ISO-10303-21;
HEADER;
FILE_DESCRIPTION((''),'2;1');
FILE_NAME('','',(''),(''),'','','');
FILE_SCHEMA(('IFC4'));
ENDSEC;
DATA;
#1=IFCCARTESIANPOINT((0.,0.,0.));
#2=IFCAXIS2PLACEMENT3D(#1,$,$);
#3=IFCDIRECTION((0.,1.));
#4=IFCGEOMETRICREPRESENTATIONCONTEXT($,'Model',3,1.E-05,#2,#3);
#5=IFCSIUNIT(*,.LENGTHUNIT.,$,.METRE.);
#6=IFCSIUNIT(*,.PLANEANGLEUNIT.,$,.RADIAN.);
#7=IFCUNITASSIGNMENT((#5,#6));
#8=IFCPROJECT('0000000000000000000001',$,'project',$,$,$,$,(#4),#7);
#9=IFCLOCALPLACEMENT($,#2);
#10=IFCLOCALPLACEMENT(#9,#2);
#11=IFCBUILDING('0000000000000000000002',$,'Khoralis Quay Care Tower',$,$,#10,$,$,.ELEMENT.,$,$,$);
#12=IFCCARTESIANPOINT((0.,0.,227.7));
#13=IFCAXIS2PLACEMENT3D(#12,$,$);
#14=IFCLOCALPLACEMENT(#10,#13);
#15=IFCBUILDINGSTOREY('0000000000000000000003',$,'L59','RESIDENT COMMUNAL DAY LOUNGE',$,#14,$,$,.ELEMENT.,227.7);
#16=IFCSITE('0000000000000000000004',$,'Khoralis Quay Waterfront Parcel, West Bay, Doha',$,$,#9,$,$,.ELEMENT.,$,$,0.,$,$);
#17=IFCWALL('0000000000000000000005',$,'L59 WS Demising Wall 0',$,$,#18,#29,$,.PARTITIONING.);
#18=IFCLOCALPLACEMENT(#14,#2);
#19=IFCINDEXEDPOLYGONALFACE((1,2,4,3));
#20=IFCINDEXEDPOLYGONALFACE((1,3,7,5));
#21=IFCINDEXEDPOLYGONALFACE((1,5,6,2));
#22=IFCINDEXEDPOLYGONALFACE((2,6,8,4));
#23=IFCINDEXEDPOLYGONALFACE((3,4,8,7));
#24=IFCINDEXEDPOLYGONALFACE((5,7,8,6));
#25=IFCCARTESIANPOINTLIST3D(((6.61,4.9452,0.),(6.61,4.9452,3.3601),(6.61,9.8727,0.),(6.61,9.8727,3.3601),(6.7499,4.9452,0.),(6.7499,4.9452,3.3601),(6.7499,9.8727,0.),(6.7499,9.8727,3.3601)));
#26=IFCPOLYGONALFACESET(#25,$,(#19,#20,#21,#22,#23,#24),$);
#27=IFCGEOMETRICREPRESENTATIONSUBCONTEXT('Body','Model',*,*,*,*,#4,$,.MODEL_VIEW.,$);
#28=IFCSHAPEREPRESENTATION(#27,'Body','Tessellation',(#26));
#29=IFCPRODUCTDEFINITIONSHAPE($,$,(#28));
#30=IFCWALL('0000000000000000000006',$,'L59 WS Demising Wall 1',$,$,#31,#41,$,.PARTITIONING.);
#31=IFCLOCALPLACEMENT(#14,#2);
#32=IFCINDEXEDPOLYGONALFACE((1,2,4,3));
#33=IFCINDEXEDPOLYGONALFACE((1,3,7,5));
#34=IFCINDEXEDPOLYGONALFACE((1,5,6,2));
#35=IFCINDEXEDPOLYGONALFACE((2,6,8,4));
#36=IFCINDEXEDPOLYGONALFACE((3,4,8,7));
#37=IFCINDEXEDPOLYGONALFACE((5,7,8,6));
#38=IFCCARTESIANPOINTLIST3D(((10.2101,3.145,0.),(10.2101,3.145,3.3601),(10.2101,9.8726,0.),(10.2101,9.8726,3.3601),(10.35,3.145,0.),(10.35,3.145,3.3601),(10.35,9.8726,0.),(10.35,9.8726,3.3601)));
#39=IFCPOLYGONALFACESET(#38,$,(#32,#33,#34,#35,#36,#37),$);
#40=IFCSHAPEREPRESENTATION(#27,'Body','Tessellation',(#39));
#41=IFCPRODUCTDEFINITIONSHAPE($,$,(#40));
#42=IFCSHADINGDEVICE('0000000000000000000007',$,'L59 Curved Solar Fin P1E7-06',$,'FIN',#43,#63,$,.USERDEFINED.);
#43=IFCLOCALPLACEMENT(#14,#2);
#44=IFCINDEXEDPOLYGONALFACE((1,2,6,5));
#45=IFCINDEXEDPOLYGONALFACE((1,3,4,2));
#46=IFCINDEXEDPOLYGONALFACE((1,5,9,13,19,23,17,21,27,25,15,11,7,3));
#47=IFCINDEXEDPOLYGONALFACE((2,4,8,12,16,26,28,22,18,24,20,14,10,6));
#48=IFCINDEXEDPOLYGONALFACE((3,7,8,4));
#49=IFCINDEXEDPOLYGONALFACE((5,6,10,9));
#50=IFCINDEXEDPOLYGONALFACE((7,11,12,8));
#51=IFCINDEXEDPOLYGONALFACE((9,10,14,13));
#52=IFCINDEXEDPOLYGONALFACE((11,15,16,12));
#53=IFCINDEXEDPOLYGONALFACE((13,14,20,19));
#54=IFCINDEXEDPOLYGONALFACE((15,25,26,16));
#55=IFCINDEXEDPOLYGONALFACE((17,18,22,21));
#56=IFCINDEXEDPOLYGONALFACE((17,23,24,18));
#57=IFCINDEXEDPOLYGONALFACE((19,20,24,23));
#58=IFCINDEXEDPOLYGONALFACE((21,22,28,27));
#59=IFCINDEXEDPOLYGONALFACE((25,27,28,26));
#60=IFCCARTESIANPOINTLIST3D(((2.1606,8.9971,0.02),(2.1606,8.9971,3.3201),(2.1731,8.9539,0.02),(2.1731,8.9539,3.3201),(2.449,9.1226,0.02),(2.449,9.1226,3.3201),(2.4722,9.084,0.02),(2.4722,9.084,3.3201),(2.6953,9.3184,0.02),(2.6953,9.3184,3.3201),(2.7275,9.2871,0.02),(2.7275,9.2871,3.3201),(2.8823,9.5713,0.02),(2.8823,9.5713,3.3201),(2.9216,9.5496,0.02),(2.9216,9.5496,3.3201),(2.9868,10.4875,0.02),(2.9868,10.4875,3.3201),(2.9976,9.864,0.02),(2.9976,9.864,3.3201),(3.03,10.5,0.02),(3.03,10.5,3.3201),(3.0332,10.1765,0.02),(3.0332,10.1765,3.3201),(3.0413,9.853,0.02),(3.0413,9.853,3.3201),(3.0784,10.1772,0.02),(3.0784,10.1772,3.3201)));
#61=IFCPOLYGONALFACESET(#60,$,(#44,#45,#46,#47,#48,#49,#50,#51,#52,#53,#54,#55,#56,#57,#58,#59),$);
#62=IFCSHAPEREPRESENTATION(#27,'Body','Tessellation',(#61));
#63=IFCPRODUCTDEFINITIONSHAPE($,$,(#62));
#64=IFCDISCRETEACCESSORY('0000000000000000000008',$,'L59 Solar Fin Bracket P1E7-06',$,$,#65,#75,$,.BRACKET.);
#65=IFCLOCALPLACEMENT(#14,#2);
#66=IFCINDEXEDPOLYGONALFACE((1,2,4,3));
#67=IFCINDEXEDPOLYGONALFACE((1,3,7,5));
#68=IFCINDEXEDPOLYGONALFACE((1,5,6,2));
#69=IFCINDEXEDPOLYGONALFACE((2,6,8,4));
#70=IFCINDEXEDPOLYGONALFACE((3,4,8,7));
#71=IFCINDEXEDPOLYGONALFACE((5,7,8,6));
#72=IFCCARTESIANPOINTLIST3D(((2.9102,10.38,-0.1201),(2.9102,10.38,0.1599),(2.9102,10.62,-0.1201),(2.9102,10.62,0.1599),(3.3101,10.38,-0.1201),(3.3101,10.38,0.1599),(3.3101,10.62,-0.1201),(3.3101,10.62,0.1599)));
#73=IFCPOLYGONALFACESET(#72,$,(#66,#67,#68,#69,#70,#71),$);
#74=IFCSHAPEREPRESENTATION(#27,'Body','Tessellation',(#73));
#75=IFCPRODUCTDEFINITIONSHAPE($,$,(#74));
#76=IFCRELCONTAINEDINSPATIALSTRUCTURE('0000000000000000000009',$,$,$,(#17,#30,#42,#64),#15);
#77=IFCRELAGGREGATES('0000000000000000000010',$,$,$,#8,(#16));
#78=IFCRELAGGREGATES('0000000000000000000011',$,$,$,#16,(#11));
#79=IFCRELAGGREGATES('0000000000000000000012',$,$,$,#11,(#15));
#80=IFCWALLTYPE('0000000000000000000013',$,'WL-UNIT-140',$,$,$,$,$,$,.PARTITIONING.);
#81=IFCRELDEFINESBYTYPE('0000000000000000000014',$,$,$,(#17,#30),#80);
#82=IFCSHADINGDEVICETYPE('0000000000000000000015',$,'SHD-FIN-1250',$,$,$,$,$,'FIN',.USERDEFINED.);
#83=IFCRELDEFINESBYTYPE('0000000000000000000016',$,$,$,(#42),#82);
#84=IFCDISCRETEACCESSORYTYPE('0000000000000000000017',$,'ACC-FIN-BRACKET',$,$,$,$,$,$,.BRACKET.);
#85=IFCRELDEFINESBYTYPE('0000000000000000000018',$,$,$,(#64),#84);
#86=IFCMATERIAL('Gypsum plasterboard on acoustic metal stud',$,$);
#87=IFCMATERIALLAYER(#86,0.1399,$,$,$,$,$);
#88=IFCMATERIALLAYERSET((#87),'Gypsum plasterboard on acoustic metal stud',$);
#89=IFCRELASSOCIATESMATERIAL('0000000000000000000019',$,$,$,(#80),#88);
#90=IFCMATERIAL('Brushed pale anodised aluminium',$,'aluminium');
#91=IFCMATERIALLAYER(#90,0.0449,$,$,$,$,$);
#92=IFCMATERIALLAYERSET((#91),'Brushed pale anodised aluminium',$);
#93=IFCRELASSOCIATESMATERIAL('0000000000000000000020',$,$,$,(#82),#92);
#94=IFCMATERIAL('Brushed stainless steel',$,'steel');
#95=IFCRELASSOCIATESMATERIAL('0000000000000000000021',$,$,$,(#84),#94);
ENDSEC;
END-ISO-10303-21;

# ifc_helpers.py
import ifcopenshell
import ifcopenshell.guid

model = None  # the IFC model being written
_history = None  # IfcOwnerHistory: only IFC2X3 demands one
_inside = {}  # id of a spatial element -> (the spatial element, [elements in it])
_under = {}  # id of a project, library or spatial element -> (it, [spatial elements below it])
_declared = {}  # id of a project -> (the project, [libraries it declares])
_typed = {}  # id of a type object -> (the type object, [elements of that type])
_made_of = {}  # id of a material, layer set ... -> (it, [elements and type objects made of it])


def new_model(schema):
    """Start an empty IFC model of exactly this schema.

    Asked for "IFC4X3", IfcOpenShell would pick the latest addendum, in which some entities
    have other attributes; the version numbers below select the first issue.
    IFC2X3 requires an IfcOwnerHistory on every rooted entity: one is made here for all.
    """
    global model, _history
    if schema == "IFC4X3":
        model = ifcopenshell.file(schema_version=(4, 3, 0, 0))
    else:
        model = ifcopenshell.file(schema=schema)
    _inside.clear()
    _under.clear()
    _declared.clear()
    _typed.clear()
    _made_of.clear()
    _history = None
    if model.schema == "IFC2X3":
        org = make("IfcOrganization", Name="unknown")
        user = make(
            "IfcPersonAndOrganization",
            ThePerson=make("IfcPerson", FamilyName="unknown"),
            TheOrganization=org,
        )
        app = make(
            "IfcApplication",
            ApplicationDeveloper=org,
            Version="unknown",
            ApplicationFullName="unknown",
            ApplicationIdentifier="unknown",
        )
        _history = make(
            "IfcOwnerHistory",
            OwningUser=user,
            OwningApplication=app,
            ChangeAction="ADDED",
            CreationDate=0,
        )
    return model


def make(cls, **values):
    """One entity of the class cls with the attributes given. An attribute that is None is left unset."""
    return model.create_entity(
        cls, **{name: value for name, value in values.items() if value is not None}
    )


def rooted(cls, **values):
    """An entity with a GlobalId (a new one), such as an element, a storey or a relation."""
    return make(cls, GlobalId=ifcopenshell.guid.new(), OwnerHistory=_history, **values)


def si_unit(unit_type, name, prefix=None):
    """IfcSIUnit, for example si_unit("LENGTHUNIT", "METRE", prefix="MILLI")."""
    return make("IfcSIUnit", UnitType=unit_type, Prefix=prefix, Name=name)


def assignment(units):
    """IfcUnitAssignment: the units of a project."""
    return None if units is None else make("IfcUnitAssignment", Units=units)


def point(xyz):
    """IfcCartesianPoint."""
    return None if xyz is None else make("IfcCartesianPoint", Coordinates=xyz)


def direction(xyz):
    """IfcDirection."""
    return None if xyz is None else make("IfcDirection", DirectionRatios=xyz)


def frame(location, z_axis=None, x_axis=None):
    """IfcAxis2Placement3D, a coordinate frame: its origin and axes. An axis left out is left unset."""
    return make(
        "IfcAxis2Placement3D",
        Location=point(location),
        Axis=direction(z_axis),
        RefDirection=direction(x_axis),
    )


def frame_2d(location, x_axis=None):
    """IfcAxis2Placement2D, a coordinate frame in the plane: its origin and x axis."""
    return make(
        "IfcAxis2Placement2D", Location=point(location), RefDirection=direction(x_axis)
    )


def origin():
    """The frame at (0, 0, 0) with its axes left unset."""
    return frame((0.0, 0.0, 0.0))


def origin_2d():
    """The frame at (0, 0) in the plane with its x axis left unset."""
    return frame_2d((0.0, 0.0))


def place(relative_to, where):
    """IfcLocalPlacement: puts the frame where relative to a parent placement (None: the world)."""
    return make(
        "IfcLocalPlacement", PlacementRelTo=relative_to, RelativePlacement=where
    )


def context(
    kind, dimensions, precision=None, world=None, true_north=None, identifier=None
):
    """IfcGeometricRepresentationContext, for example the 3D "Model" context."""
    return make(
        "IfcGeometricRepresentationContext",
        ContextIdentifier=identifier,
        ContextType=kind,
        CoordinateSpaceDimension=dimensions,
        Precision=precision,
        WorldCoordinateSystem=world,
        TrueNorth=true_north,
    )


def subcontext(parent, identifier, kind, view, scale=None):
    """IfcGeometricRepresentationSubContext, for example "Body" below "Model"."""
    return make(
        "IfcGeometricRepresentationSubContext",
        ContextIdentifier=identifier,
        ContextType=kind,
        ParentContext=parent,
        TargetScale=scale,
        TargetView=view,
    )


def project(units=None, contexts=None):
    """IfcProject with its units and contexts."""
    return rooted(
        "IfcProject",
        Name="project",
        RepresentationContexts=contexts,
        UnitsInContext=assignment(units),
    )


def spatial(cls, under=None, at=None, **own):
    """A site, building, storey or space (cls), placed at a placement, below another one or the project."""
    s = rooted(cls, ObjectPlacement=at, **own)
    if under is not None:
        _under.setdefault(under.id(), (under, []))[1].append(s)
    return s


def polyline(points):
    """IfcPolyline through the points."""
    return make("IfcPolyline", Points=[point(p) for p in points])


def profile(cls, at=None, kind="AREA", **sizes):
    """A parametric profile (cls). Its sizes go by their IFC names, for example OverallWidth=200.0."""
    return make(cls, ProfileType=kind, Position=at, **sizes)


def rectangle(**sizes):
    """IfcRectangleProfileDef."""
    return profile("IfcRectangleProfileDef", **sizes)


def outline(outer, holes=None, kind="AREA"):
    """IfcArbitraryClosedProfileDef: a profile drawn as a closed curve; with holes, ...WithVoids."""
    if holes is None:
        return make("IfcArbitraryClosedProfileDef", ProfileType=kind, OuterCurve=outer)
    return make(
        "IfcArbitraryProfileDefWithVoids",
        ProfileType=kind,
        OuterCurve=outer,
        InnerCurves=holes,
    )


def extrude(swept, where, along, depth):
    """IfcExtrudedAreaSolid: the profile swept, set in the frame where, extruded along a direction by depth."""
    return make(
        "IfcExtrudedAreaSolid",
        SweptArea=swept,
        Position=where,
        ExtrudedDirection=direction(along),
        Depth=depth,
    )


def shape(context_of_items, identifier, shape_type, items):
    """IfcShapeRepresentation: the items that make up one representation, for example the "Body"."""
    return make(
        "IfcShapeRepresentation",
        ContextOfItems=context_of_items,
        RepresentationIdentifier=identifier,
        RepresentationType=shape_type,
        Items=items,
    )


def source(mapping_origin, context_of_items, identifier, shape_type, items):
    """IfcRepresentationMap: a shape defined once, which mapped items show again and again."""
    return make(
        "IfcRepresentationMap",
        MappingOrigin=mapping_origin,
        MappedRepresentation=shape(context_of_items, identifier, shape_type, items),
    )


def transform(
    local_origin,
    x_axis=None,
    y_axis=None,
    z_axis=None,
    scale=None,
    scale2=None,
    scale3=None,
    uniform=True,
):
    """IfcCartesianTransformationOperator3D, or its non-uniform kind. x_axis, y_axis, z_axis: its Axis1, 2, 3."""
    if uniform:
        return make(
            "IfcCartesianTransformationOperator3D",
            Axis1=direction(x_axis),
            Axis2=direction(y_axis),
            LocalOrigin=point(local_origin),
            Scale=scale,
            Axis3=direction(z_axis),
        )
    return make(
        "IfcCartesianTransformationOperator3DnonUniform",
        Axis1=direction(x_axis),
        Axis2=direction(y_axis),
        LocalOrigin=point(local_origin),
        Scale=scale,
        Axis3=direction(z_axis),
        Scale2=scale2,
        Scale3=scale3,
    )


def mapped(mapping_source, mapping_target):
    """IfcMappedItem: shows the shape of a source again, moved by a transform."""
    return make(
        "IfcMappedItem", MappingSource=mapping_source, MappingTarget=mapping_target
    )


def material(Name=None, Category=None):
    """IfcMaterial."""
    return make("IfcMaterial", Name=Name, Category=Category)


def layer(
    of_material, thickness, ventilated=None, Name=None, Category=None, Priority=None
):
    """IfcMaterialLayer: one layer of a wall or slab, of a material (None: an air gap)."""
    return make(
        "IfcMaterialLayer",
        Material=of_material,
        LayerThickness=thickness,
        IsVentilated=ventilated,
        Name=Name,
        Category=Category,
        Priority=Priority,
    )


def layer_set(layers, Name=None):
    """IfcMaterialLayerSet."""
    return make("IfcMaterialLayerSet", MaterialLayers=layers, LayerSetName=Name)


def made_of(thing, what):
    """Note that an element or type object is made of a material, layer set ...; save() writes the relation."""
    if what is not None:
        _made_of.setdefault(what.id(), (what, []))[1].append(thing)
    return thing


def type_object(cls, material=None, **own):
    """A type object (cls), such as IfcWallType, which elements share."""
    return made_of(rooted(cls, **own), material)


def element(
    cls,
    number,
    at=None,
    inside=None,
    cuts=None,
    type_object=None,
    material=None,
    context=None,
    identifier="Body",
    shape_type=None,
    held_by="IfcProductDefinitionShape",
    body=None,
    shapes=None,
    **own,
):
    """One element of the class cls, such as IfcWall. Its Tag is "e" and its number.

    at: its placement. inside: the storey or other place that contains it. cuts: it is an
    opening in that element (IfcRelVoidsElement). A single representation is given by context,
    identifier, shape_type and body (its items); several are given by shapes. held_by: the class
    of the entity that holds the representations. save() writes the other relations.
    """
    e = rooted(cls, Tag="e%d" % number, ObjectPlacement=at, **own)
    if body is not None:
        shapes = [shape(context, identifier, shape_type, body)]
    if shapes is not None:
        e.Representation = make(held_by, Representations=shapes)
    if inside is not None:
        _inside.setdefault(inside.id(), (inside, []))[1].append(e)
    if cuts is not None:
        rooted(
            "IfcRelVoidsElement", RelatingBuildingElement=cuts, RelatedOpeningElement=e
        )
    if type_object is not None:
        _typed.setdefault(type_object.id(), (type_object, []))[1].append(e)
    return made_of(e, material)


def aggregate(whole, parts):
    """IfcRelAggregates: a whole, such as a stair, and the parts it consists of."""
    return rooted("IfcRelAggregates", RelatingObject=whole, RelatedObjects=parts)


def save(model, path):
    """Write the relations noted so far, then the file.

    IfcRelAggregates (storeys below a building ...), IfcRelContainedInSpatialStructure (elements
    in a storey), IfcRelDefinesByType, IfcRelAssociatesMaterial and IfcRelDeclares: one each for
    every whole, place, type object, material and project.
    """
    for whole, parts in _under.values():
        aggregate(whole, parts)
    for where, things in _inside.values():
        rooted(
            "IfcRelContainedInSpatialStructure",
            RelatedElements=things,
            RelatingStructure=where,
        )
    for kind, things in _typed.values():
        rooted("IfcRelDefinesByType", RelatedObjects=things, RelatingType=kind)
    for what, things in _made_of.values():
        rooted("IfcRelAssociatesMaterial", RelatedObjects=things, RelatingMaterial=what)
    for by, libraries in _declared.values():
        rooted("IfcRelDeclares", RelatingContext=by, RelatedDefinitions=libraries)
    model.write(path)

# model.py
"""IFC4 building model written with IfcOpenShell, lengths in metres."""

from ifc_helpers import new_model, si_unit, direction, frame, frame_2d, origin, origin_2d, place, context, subcontext, project, spatial, polyline, rectangle, outline, extrude, source, transform, mapped, material, layer, layer_set, type_object, element, save


model = new_model("IFC4")

# Units and contexts
model_context = context("Model", 3, precision=1e-05, world=origin(), true_north=direction((0.0, 1.0)))
body_context = subcontext(model_context, "Body", "Model", "MODEL_VIEW")
ifc_project = project(units=[si_unit("LENGTHUNIT", "METRE"), si_unit("PLANEANGLEUNIT", "RADIAN")], contexts=[model_context])

# Site, building, storey
site_placement = place(None, origin())
site = spatial("IfcSite", under=ifc_project, at=site_placement, Name="Khoralis Quay Waterfront Parcel, West Bay, Doha", CompositionType="ELEMENT", RefElevation=0.0)
building_placement = place(site_placement, origin())
building = spatial("IfcBuilding", under=site, at=building_placement, Name="Khoralis Quay Care Tower", CompositionType="ELEMENT")
storey_placement = place(building_placement, frame((0.0, 0.0, 227.7)))
storey = spatial("IfcBuildingStorey", under=building, at=storey_placement, Name="L59", Description="RESIDENT COMMUNAL DAY LOUNGE", CompositionType="ELEMENT", Elevation=227.7)

# Shared definitions
ifc_material_1 = material(Name="Gypsum plasterboard on acoustic metal stud")

# Walls
ifc_layer_1 = layer(ifc_material_1, 0.1399)
ifc_layer_set_1 = layer_set([ifc_layer_1], Name="Gypsum plasterboard on acoustic metal stud")
wall_type_1 = type_object("IfcWallType", Name="WL-UNIT-140", PredefinedType="PARTITIONING", material=ifc_layer_set_1)
wall_1_placement = place(storey_placement, frame((6.6799, 4.9451, 0.0), z_axis=(0.0, 0.0, 1.0), x_axis=(0.0, 1.0, 0.0)))
element("IfcWall", 1, at=wall_1_placement, inside=storey, type_object=wall_type_1, Name="L59 WS Demising Wall 0", PredefinedType="PARTITIONING", context=body_context, shape_type="SweptSolid", body=[
    extrude(rectangle(XDim=4.9275, YDim=0.1399, at=frame_2d((2.4639, 0.0))), origin(), (0.0, 0.0, 1.0), 3.3601),
])
wall_2_placement = place(storey_placement, frame((10.28, 3.145, 0.0), z_axis=(0.0, 0.0, 1.0), x_axis=(0.0, 1.0, 0.0)))
element("IfcWall", 2, at=wall_2_placement, inside=storey, type_object=wall_type_1, Name="L59 WS Demising Wall 1", PredefinedType="PARTITIONING", context=body_context, shape_type="SweptSolid", body=[
    extrude(rectangle(XDim=6.7275, YDim=0.1399, at=frame_2d((3.3638, 0.0))), origin(), (0.0, 0.0, 1.0), 3.3601),
])

# Shading device
ifc_material_2 = material(Name="Brushed pale anodised aluminium", Category="aluminium")
ifc_layer_2 = layer(ifc_material_2, 0.0449)
ifc_layer_set_2 = layer_set([ifc_layer_2], Name="Brushed pale anodised aluminium")
shading_device_type = type_object("IfcShadingDeviceType", Name="SHD-FIN-1250", ElementType="FIN", PredefinedType="USERDEFINED", material=ifc_layer_set_2)
shared_shape_1 = source(origin(), body_context, "Body", "SweptSolid", [
    extrude(outline(polyline([(0.0, 0.0), (-0.0483, 0.3228), (-0.0112, 0.647), (0.1084, 0.9504), (0.3025, 1.2129), (0.5579, 1.416), (0.8569, 1.5461), (0.8694, 1.5029), (0.5811, 1.3774), (0.3347, 1.1816), (0.1477, 0.9287), (0.0325, 0.636), (-0.0032, 0.3235), (0.0432, 0.0125), (0.0, 0.0)])), origin(), (0.0, 0.0, 1.0), 3.3),
])
shading_device_placement = place(storey_placement, frame((3.03, 10.5, 0.02), z_axis=(0.0, 0.0, 1.0), x_axis=(-1.0, 0.0, 0.0)))
element("IfcShadingDevice", 3, at=shading_device_placement, inside=storey, type_object=shading_device_type, Name="L59 Curved Solar Fin P1E7-06", ObjectType="FIN", PredefinedType="USERDEFINED", context=body_context, shape_type="MappedRepresentation", body=[
    mapped(shared_shape_1, transform((0.0, 0.0, 0.0), scale=1.0)),
])

# Discrete accessory
ifc_material_3 = material(Name="Brushed stainless steel", Category="steel")
discrete_accessory_type = type_object("IfcDiscreteAccessoryType", Name="ACC-FIN-BRACKET", PredefinedType="BRACKET", material=ifc_material_3)
shared_shape_2 = source(origin(), body_context, "Body", "SweptSolid", [
    extrude(rectangle(XDim=0.3999, YDim=0.24, at=origin_2d()), origin(), (0.0, 0.0, 1.0), 0.28),
])
discrete_accessory_placement = place(storey_placement, frame((3.1101, 10.5, -0.1201), z_axis=(0.0, 0.0, 1.0), x_axis=(-1.0, 0.0, 0.0)))
element("IfcDiscreteAccessory", 4, at=discrete_accessory_placement, inside=storey, type_object=discrete_accessory_type, Name="L59 Solar Fin Bracket P1E7-06", PredefinedType="BRACKET", context=body_context, shape_type="MappedRepresentation", body=[
    mapped(shared_shape_2, transform((0.0, 0.0, 0.0), scale=1.0)),
])

save(model, "model.ifc")
